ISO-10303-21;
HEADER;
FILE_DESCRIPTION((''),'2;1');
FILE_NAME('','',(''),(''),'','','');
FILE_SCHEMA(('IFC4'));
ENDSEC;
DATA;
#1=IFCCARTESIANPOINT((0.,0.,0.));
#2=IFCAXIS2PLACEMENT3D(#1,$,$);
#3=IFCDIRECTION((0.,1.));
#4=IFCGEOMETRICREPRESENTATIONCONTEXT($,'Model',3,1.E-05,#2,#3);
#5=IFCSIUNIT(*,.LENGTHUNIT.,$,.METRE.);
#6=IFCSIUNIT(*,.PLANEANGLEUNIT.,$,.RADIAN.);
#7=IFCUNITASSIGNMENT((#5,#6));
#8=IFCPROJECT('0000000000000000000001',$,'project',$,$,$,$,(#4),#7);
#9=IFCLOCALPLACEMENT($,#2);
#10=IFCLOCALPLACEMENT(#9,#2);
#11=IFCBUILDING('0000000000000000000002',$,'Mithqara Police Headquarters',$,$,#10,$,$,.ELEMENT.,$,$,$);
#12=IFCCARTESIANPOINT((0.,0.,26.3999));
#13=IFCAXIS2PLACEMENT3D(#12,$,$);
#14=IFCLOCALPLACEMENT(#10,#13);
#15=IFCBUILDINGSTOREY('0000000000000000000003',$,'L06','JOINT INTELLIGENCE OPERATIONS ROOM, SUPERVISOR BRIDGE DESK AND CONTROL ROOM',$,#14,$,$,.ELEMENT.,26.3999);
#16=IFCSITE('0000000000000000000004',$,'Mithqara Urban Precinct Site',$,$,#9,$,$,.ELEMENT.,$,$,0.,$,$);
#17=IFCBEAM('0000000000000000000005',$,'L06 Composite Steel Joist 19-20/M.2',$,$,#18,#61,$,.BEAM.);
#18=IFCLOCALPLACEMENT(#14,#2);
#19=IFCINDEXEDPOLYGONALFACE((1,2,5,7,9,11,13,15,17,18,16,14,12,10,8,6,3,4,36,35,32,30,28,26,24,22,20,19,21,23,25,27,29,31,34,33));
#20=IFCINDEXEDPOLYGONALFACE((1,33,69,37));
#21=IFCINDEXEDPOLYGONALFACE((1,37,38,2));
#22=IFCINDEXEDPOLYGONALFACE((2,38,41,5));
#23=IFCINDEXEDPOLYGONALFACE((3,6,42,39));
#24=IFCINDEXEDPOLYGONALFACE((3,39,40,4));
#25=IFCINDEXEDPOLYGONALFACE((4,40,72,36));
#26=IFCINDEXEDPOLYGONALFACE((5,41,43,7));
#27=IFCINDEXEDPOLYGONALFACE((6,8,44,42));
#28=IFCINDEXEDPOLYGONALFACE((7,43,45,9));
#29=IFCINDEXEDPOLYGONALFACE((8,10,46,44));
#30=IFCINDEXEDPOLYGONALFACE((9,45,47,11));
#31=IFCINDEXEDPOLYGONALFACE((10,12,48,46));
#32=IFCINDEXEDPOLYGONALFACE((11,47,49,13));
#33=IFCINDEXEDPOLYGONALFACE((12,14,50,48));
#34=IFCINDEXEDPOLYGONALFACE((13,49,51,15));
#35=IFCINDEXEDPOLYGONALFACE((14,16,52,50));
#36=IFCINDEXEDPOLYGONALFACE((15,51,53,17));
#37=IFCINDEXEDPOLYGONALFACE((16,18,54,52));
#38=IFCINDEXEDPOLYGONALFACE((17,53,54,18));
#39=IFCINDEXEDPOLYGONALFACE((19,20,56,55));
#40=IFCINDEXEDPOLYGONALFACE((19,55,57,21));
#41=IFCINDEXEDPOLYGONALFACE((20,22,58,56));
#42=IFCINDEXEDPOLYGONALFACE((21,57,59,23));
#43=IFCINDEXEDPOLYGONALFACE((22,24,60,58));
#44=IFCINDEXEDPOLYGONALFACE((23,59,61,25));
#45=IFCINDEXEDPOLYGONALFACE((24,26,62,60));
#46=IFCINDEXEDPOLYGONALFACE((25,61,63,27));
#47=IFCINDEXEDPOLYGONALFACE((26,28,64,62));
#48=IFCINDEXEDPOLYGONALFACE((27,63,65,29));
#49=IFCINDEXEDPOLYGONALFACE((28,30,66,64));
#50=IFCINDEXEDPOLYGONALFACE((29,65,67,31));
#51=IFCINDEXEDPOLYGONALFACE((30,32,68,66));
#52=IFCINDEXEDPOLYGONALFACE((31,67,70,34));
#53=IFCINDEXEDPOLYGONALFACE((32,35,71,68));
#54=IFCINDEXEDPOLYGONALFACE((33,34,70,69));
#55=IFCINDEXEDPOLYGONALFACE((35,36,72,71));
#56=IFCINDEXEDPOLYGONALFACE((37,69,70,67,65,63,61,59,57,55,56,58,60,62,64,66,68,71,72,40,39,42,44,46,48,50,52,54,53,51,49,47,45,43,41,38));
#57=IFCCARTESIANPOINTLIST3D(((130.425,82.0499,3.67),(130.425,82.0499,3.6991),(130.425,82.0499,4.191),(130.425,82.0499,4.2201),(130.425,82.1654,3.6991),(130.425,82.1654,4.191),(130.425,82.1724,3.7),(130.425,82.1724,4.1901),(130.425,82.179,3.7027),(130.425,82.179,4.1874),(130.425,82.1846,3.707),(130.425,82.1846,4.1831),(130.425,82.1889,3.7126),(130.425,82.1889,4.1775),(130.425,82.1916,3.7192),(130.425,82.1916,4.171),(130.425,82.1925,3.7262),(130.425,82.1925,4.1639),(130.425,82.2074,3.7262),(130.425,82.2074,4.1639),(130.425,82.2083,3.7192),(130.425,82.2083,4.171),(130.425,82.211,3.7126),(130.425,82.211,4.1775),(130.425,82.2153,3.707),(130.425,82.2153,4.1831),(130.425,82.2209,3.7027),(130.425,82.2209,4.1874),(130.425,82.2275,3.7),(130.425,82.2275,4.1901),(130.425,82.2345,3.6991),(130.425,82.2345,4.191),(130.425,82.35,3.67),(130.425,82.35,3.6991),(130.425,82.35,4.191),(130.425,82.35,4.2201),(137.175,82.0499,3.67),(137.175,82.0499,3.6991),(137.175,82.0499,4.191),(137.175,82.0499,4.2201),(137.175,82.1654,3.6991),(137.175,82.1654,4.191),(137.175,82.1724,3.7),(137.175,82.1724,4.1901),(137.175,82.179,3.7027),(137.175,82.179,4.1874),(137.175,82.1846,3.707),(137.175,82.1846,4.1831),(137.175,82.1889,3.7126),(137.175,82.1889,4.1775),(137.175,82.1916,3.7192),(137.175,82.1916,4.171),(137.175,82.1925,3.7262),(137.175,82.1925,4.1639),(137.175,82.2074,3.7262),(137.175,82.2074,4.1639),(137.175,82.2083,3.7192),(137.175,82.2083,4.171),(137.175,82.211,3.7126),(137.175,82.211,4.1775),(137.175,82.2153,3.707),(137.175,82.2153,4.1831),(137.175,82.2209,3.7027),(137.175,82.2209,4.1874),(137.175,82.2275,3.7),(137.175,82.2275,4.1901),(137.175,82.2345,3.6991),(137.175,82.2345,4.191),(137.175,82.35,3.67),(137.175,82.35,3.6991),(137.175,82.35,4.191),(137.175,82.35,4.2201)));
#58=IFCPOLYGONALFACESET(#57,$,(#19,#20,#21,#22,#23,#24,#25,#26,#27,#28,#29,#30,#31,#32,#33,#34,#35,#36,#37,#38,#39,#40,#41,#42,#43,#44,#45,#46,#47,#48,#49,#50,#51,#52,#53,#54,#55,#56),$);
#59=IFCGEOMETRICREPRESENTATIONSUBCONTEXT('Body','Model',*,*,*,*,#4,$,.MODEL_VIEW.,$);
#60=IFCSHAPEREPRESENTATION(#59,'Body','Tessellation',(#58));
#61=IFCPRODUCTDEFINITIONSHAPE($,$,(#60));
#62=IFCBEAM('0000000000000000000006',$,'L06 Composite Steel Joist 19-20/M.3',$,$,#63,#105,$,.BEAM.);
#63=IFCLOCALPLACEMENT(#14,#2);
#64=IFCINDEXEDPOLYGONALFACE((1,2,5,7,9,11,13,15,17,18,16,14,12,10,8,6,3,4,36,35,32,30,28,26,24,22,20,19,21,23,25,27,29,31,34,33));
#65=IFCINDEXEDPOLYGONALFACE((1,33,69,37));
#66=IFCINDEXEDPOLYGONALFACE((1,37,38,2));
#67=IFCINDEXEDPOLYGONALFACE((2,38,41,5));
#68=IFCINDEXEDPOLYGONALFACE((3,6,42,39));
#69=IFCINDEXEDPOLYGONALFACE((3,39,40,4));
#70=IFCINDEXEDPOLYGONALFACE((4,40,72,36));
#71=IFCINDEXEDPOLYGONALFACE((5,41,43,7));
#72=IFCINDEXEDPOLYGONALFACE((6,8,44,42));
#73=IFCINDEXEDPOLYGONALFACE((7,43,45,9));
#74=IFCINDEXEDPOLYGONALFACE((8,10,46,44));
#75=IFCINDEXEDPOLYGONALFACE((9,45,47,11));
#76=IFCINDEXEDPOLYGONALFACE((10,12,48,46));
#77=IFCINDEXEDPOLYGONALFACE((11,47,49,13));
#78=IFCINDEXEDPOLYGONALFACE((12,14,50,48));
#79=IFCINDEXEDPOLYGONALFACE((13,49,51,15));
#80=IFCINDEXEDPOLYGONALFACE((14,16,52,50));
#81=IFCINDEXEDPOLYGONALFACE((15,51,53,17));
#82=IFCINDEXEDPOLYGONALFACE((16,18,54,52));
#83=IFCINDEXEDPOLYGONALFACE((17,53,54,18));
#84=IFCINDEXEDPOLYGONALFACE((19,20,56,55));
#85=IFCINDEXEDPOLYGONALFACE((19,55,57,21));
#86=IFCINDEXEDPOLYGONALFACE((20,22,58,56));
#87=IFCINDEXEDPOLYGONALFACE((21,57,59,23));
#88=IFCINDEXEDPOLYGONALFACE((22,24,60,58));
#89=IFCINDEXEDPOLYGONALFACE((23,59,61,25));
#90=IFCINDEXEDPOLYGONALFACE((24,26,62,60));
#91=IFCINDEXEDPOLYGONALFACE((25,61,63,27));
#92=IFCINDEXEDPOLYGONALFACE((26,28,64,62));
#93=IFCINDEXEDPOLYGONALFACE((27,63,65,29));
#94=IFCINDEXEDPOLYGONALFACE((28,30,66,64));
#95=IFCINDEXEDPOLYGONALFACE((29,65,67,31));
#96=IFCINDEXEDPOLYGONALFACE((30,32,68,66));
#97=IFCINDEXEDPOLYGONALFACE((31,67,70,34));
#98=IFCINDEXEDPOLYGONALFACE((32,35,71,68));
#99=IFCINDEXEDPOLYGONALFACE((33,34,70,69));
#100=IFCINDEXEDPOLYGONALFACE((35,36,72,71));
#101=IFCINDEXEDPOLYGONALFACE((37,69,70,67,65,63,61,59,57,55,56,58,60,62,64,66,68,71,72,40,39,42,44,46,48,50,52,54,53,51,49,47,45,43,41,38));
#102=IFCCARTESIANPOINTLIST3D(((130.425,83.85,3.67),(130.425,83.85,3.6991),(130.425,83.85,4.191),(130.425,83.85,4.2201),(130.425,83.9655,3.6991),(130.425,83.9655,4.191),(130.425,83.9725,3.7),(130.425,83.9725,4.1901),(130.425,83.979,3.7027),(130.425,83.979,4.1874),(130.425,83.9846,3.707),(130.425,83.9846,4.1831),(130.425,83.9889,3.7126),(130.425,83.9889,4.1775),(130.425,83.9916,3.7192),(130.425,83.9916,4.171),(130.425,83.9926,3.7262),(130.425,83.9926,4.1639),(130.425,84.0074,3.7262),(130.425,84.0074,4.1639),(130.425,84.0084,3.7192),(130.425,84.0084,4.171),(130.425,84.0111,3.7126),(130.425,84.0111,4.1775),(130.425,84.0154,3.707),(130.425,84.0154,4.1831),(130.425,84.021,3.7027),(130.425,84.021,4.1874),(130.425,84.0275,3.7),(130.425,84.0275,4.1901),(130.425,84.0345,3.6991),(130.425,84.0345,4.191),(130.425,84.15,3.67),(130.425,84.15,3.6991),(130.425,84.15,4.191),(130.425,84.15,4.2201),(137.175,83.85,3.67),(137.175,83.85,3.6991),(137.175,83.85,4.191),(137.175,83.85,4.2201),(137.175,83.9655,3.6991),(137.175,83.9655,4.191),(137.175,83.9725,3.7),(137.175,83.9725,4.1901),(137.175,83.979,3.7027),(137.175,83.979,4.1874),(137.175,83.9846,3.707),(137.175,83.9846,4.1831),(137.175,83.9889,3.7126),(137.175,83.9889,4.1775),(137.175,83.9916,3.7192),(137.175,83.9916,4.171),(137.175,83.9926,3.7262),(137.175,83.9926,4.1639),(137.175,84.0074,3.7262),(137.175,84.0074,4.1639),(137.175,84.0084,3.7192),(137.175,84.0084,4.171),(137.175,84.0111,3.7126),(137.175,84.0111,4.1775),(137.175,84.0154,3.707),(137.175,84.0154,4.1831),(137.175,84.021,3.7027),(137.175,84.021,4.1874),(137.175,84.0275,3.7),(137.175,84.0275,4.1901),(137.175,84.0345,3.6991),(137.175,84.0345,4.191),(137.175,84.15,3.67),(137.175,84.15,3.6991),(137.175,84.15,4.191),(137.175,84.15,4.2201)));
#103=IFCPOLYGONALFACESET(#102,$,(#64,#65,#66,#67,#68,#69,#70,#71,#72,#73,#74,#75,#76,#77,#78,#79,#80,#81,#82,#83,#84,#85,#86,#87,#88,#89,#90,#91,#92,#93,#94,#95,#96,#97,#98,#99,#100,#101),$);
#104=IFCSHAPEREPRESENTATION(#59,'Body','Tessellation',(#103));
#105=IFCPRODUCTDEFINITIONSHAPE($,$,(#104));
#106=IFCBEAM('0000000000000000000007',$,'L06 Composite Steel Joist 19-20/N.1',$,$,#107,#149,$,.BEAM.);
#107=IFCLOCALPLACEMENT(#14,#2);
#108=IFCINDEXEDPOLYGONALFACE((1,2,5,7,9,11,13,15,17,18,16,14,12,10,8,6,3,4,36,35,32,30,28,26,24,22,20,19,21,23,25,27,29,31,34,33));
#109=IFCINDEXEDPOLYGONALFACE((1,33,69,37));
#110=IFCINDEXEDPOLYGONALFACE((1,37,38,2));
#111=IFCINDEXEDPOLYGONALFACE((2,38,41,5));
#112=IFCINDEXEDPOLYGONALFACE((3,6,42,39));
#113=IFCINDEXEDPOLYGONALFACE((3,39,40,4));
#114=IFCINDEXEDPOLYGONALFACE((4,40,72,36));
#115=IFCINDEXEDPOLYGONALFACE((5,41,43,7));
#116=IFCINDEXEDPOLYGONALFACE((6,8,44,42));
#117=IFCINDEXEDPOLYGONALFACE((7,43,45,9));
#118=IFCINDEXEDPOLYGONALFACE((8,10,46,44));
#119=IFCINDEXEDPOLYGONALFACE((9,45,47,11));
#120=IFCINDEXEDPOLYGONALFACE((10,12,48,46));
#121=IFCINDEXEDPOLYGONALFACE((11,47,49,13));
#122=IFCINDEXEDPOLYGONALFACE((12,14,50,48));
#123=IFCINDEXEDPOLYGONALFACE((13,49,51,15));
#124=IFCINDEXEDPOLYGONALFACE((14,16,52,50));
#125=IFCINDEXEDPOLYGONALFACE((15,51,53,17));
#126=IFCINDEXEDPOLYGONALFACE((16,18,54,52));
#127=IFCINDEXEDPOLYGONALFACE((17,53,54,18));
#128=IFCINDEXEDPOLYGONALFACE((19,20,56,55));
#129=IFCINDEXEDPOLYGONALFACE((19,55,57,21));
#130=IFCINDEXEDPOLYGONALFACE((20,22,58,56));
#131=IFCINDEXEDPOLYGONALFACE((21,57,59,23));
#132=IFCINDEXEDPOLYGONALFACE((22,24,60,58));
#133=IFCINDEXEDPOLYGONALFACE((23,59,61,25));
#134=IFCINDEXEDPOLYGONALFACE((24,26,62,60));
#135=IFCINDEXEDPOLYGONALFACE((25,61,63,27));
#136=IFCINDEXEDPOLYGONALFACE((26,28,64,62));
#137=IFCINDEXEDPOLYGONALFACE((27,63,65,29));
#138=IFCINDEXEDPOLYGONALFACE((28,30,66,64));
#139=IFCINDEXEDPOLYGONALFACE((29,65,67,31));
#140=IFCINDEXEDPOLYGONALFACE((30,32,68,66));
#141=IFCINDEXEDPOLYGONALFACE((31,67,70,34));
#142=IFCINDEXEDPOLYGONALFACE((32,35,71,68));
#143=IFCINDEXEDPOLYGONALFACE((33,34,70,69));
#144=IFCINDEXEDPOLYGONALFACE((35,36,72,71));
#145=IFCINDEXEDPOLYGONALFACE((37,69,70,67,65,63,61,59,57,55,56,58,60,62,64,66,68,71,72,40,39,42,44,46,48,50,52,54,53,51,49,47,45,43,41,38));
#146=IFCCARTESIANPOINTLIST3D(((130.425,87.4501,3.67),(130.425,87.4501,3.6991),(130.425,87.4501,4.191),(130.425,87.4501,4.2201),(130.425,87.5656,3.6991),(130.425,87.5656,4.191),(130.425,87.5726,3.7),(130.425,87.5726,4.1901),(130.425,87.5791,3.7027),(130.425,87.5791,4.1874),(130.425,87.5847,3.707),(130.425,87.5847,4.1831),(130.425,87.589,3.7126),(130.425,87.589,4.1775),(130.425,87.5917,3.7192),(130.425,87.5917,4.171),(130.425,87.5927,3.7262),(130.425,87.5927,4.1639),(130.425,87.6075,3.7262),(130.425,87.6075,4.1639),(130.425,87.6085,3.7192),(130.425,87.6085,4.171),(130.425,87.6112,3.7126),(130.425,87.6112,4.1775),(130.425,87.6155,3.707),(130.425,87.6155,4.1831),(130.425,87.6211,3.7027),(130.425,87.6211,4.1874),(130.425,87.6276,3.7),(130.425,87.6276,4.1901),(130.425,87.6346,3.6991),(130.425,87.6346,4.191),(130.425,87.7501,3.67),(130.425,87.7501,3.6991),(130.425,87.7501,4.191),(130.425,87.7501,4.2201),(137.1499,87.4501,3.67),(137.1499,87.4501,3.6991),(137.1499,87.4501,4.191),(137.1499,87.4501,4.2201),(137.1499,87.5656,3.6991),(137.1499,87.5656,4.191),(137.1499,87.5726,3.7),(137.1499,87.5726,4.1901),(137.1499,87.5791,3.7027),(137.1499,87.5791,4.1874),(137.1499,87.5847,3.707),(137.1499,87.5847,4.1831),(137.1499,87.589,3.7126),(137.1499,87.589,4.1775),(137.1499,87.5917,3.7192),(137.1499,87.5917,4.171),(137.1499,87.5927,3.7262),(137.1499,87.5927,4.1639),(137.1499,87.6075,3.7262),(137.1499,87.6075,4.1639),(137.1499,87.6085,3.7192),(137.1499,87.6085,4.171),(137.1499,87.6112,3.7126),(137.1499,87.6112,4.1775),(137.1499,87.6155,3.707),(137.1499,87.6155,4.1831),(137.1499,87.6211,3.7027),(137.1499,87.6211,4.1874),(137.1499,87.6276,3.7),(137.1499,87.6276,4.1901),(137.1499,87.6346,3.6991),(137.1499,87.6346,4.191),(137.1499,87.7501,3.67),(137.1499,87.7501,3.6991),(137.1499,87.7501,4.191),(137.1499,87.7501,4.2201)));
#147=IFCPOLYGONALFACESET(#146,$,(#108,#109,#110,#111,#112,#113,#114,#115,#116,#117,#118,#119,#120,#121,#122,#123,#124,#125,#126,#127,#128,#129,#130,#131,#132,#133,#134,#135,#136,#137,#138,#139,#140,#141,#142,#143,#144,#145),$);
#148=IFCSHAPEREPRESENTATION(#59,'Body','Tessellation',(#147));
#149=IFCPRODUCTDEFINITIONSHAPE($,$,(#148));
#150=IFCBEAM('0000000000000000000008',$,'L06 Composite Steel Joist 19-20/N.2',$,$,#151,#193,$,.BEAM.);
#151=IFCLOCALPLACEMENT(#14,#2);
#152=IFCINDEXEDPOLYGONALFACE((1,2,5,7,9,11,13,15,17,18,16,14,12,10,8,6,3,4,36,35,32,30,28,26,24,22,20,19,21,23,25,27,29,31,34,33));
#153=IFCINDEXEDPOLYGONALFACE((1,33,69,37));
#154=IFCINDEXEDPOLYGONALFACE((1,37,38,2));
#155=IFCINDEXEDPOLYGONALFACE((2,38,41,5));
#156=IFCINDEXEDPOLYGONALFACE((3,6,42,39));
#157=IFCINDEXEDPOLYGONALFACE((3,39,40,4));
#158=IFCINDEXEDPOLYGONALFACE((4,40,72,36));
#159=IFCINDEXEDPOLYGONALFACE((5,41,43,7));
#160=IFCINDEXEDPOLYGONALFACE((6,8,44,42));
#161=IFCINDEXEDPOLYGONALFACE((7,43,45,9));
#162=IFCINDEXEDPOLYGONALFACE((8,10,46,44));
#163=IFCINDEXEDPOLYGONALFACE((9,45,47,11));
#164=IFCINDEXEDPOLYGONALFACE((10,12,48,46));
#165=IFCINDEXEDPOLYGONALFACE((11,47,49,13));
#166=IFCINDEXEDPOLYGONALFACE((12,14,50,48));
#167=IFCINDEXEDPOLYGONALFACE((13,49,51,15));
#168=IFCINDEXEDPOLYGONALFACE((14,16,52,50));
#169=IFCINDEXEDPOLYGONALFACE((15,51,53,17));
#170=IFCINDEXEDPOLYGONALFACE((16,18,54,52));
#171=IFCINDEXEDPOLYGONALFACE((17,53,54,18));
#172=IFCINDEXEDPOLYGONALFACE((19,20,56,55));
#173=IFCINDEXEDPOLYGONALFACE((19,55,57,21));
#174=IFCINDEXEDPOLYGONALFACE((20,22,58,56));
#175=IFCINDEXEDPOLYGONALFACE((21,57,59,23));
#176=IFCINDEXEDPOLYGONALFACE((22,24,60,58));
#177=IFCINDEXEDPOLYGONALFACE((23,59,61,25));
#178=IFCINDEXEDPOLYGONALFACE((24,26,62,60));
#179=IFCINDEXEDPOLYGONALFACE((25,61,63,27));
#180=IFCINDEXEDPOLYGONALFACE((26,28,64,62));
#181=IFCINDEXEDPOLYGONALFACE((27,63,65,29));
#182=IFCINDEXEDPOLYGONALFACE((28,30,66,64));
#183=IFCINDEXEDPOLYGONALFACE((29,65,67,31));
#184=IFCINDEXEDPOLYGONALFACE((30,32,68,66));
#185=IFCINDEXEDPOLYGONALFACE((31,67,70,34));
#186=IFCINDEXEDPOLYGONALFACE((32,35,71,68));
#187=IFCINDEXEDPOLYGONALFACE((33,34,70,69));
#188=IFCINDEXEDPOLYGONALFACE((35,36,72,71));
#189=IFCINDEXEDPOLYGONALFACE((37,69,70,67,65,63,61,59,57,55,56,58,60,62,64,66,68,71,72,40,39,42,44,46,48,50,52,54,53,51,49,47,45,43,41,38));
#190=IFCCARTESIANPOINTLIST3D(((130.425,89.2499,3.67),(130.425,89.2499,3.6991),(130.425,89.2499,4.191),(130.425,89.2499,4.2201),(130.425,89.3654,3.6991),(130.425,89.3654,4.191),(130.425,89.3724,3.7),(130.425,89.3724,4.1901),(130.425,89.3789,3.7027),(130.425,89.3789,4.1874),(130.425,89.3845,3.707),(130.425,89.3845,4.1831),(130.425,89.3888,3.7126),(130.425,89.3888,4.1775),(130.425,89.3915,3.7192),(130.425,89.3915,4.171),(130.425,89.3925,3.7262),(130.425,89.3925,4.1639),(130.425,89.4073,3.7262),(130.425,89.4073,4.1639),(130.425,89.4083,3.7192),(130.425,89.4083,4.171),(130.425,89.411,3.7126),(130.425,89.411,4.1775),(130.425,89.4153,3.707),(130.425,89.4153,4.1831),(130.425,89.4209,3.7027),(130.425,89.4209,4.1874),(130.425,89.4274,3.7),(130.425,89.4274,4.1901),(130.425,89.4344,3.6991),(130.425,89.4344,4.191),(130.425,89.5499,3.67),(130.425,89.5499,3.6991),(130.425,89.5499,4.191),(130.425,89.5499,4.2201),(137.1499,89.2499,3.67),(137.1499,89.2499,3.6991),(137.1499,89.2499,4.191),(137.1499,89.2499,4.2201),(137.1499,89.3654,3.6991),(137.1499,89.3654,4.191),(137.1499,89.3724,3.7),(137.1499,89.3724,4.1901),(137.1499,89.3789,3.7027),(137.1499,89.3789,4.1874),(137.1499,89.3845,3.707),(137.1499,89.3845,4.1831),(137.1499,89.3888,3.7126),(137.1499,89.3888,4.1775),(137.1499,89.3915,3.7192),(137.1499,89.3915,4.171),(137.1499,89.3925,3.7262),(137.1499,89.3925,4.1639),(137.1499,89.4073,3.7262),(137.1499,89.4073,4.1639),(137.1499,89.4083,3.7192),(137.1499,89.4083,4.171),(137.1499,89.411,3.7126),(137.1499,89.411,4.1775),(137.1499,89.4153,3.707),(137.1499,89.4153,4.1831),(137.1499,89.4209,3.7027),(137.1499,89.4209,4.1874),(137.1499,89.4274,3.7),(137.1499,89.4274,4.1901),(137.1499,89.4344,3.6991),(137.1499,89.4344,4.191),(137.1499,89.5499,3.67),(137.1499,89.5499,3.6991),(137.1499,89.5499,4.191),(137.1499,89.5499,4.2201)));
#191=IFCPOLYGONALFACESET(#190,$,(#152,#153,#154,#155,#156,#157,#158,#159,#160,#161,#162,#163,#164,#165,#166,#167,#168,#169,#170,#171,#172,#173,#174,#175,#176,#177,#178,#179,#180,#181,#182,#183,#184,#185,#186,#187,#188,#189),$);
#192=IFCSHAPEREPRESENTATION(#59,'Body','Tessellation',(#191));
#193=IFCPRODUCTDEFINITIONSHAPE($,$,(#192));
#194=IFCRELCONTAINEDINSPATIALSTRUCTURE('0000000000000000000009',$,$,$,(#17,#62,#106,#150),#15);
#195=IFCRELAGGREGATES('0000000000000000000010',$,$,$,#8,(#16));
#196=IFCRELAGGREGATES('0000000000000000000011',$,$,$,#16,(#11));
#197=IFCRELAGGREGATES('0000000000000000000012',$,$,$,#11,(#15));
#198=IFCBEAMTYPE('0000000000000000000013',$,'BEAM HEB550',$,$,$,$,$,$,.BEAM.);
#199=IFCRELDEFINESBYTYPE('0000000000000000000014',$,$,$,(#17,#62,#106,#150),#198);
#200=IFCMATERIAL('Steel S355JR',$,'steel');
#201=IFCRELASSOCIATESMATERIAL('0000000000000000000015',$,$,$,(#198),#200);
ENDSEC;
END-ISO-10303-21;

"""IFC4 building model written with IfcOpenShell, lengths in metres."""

from ifc_helpers import new_model, si_unit, direction, frame, origin, origin_2d, place, context, subcontext, project, spatial, i_section, extrude, material, material_profile, profile_set, type_object, element, save


model = new_model("IFC4")

# Units and contexts
model_context = context("Model", 3, precision=1e-05, world=origin(), true_north=direction((0.0, 1.0)))
body_context = subcontext(model_context, "Body", "Model", "MODEL_VIEW")
ifc_project = project(units=[si_unit("LENGTHUNIT", "METRE"), si_unit("PLANEANGLEUNIT", "RADIAN")], contexts=[model_context])

# Site, building, storey
site_placement = place(None, origin())
site = spatial("IfcSite", under=ifc_project, at=site_placement, Name="Mithqara Urban Precinct Site", CompositionType="ELEMENT", RefElevation=0.0)
building_placement = place(site_placement, origin())
building = spatial("IfcBuilding", under=site, at=building_placement, Name="Mithqara Police Headquarters", CompositionType="ELEMENT")
storey_placement = place(building_placement, frame((0.0, 0.0, 26.3999)))
storey = spatial("IfcBuildingStorey", under=building, at=storey_placement, Name="L06", Description="JOINT INTELLIGENCE OPERATIONS ROOM, SUPERVISOR BRIDGE DESK AND CONTROL ROOM", CompositionType="ELEMENT", Elevation=26.3999)

# Beams
ifc_material_1 = material(Name="Steel S355JR", Category="steel")
ifc_material_profile_1 = material_profile(ifc_material_1, i_section(OverallWidth=0.3, OverallDepth=0.55, WebThickness=0.0149, FlangeThickness=0.0291, FilletRadius=0.0271, at=origin_2d()), Name="HEB 550")
ifc_profile_set_1 = profile_set([ifc_material_profile_1], Name="Steel S355JR")
beam_type_1 = type_object("IfcBeamType", Name="BEAM HEB550", PredefinedType="BEAM", material=ifc_profile_set_1)
for number, where, z_axis, x_axis, name in (
    (1, (130.425, 82.2, 3.9451), (1.0, 0.0, 0.0), (0.0, 1.0, 0.0), "L06 Composite Steel Joist 19-20/M.2"),
    (2, (130.425, 84.0, 3.9451), (1.0, 0.0, 0.0), (0.0, 1.0, 0.0), "L06 Composite Steel Joist 19-20/M.3"),
):
    element("IfcBeam", number, at=place(storey_placement, frame(where, z_axis=z_axis, x_axis=x_axis)), inside=storey, type_object=beam_type_1, Name=name, PredefinedType="BEAM", context=body_context, shape_type="SweptSolid", body=[
        extrude(i_section(OverallWidth=0.3, OverallDepth=0.55, WebThickness=0.0149, FlangeThickness=0.0291, FilletRadius=0.0271, at=origin_2d()), origin(), (0.0, 0.0, 1.0), 6.75),
    ])
for number, where, z_axis, x_axis, name in (
    (3, (130.425, 87.6001, 3.9451), (1.0, 0.0, 0.0), (0.0, 1.0, 0.0), "L06 Composite Steel Joist 19-20/N.1"),
    (4, (130.425, 89.3999, 3.9451), (1.0, 0.0, 0.0), (0.0, 1.0, 0.0), "L06 Composite Steel Joist 19-20/N.2"),
):
    element("IfcBeam", number, at=place(storey_placement, frame(where, z_axis=z_axis, x_axis=x_axis)), inside=storey, type_object=beam_type_1, Name=name, PredefinedType="BEAM", context=body_context, shape_type="SweptSolid", body=[
        extrude(i_section(OverallWidth=0.3, OverallDepth=0.55, WebThickness=0.0149, FlangeThickness=0.0291, FilletRadius=0.0271, at=origin_2d()), origin(), (0.0, 0.0, 1.0), 6.7249),
    ])

save(model, "model.ifc")
